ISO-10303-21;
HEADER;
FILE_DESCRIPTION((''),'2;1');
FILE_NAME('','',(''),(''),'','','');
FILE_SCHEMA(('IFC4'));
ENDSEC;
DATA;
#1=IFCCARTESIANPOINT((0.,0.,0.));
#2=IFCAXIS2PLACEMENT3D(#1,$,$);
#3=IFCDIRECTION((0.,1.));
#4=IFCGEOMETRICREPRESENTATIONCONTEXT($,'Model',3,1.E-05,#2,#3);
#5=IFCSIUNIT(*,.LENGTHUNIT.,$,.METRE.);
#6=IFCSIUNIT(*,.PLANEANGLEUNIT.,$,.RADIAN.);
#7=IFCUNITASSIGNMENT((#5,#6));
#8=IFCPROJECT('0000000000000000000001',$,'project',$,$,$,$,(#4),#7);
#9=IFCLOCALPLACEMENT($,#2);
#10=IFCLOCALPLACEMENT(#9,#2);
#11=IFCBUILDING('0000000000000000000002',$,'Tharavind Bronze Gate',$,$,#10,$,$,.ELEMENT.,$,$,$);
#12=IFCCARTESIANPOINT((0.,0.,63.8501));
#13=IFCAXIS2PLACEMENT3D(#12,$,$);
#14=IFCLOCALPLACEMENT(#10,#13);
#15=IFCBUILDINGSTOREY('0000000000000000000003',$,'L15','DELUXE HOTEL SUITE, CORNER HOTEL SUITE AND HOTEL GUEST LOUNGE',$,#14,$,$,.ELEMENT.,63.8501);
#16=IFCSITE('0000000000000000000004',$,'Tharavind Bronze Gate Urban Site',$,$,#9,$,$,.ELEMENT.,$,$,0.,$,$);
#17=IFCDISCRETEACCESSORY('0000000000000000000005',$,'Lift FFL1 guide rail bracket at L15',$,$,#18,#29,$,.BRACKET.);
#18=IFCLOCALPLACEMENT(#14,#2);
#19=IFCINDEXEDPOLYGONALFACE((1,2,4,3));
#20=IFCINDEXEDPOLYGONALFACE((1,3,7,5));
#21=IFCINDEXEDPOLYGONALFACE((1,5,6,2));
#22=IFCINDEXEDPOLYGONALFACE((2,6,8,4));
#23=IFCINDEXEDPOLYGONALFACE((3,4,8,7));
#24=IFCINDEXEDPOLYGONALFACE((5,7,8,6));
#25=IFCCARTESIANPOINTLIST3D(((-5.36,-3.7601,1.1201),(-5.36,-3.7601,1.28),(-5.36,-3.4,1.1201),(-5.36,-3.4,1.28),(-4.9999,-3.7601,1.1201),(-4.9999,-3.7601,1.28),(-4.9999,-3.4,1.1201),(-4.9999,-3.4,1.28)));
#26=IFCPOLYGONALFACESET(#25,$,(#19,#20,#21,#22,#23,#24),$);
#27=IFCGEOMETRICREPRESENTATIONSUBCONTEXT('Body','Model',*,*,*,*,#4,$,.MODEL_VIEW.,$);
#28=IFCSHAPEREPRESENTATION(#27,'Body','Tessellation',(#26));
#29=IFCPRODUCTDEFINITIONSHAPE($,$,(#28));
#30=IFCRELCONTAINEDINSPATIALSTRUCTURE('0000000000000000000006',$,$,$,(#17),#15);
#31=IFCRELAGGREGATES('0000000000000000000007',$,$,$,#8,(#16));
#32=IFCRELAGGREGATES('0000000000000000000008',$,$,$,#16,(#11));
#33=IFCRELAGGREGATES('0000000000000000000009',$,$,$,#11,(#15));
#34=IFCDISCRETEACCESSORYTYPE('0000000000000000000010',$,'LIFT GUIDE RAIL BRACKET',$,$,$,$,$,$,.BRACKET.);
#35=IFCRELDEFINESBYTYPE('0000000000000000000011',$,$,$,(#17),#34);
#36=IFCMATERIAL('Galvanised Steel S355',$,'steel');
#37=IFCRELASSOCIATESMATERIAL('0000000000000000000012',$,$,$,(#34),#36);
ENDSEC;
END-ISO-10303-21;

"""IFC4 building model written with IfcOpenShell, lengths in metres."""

from ifc_helpers import new_model, si_unit, direction, frame, origin, origin_2d, place, context, subcontext, project, spatial, rectangle, extrude, material, type_object, element, save


model = new_model("IFC4")

# Units and contexts
model_context = context("Model", 3, precision=1e-05, world=origin(), true_north=direction((0.0, 1.0)))
body_context = subcontext(model_context, "Body", "Model", "MODEL_VIEW")
ifc_project = project(units=[si_unit("LENGTHUNIT", "METRE"), si_unit("PLANEANGLEUNIT", "RADIAN")], contexts=[model_context])

# Site, building, storey
site_placement = place(None, origin())
site = spatial("IfcSite", under=ifc_project, at=site_placement, Name="Tharavind Bronze Gate Urban Site", CompositionType="ELEMENT", RefElevation=0.0)
building_placement = place(site_placement, origin())
building = spatial("IfcBuilding", under=site, at=building_placement, Name="Tharavind Bronze Gate", CompositionType="ELEMENT")
storey_placement = place(building_placement, frame((0.0, 0.0, 63.8501)))
storey = spatial("IfcBuildingStorey", under=building, at=storey_placement, Name="L15", Description="DELUXE HOTEL SUITE, CORNER HOTEL SUITE AND HOTEL GUEST LOUNGE", CompositionType="ELEMENT", Elevation=63.8501)

# Discrete accessory
ifc_material_1 = material(Name="Galvanised Steel S355", Category="steel")
discrete_accessory_type = type_object("IfcDiscreteAccessoryType", Name="LIFT GUIDE RAIL BRACKET", PredefinedType="BRACKET", material=ifc_material_1)
discrete_accessory_placement = place(storey_placement, frame((-5.1799, -3.5801, 1.1201), z_axis=(0.0, 0.0, 1.0), x_axis=(1.0, 0.0, 0.0)))
element("IfcDiscreteAccessory", 1, at=discrete_accessory_placement, inside=storey, type_object=discrete_accessory_type, Name="Lift FFL1 guide rail bracket at L15", PredefinedType="BRACKET", context=body_context, shape_type="SweptSolid", body=[
    extrude(rectangle(XDim=0.3601, YDim=0.3601, at=origin_2d()), origin(), (0.0, 0.0, 1.0), 0.1599),
])

save(model, "model.ifc")
